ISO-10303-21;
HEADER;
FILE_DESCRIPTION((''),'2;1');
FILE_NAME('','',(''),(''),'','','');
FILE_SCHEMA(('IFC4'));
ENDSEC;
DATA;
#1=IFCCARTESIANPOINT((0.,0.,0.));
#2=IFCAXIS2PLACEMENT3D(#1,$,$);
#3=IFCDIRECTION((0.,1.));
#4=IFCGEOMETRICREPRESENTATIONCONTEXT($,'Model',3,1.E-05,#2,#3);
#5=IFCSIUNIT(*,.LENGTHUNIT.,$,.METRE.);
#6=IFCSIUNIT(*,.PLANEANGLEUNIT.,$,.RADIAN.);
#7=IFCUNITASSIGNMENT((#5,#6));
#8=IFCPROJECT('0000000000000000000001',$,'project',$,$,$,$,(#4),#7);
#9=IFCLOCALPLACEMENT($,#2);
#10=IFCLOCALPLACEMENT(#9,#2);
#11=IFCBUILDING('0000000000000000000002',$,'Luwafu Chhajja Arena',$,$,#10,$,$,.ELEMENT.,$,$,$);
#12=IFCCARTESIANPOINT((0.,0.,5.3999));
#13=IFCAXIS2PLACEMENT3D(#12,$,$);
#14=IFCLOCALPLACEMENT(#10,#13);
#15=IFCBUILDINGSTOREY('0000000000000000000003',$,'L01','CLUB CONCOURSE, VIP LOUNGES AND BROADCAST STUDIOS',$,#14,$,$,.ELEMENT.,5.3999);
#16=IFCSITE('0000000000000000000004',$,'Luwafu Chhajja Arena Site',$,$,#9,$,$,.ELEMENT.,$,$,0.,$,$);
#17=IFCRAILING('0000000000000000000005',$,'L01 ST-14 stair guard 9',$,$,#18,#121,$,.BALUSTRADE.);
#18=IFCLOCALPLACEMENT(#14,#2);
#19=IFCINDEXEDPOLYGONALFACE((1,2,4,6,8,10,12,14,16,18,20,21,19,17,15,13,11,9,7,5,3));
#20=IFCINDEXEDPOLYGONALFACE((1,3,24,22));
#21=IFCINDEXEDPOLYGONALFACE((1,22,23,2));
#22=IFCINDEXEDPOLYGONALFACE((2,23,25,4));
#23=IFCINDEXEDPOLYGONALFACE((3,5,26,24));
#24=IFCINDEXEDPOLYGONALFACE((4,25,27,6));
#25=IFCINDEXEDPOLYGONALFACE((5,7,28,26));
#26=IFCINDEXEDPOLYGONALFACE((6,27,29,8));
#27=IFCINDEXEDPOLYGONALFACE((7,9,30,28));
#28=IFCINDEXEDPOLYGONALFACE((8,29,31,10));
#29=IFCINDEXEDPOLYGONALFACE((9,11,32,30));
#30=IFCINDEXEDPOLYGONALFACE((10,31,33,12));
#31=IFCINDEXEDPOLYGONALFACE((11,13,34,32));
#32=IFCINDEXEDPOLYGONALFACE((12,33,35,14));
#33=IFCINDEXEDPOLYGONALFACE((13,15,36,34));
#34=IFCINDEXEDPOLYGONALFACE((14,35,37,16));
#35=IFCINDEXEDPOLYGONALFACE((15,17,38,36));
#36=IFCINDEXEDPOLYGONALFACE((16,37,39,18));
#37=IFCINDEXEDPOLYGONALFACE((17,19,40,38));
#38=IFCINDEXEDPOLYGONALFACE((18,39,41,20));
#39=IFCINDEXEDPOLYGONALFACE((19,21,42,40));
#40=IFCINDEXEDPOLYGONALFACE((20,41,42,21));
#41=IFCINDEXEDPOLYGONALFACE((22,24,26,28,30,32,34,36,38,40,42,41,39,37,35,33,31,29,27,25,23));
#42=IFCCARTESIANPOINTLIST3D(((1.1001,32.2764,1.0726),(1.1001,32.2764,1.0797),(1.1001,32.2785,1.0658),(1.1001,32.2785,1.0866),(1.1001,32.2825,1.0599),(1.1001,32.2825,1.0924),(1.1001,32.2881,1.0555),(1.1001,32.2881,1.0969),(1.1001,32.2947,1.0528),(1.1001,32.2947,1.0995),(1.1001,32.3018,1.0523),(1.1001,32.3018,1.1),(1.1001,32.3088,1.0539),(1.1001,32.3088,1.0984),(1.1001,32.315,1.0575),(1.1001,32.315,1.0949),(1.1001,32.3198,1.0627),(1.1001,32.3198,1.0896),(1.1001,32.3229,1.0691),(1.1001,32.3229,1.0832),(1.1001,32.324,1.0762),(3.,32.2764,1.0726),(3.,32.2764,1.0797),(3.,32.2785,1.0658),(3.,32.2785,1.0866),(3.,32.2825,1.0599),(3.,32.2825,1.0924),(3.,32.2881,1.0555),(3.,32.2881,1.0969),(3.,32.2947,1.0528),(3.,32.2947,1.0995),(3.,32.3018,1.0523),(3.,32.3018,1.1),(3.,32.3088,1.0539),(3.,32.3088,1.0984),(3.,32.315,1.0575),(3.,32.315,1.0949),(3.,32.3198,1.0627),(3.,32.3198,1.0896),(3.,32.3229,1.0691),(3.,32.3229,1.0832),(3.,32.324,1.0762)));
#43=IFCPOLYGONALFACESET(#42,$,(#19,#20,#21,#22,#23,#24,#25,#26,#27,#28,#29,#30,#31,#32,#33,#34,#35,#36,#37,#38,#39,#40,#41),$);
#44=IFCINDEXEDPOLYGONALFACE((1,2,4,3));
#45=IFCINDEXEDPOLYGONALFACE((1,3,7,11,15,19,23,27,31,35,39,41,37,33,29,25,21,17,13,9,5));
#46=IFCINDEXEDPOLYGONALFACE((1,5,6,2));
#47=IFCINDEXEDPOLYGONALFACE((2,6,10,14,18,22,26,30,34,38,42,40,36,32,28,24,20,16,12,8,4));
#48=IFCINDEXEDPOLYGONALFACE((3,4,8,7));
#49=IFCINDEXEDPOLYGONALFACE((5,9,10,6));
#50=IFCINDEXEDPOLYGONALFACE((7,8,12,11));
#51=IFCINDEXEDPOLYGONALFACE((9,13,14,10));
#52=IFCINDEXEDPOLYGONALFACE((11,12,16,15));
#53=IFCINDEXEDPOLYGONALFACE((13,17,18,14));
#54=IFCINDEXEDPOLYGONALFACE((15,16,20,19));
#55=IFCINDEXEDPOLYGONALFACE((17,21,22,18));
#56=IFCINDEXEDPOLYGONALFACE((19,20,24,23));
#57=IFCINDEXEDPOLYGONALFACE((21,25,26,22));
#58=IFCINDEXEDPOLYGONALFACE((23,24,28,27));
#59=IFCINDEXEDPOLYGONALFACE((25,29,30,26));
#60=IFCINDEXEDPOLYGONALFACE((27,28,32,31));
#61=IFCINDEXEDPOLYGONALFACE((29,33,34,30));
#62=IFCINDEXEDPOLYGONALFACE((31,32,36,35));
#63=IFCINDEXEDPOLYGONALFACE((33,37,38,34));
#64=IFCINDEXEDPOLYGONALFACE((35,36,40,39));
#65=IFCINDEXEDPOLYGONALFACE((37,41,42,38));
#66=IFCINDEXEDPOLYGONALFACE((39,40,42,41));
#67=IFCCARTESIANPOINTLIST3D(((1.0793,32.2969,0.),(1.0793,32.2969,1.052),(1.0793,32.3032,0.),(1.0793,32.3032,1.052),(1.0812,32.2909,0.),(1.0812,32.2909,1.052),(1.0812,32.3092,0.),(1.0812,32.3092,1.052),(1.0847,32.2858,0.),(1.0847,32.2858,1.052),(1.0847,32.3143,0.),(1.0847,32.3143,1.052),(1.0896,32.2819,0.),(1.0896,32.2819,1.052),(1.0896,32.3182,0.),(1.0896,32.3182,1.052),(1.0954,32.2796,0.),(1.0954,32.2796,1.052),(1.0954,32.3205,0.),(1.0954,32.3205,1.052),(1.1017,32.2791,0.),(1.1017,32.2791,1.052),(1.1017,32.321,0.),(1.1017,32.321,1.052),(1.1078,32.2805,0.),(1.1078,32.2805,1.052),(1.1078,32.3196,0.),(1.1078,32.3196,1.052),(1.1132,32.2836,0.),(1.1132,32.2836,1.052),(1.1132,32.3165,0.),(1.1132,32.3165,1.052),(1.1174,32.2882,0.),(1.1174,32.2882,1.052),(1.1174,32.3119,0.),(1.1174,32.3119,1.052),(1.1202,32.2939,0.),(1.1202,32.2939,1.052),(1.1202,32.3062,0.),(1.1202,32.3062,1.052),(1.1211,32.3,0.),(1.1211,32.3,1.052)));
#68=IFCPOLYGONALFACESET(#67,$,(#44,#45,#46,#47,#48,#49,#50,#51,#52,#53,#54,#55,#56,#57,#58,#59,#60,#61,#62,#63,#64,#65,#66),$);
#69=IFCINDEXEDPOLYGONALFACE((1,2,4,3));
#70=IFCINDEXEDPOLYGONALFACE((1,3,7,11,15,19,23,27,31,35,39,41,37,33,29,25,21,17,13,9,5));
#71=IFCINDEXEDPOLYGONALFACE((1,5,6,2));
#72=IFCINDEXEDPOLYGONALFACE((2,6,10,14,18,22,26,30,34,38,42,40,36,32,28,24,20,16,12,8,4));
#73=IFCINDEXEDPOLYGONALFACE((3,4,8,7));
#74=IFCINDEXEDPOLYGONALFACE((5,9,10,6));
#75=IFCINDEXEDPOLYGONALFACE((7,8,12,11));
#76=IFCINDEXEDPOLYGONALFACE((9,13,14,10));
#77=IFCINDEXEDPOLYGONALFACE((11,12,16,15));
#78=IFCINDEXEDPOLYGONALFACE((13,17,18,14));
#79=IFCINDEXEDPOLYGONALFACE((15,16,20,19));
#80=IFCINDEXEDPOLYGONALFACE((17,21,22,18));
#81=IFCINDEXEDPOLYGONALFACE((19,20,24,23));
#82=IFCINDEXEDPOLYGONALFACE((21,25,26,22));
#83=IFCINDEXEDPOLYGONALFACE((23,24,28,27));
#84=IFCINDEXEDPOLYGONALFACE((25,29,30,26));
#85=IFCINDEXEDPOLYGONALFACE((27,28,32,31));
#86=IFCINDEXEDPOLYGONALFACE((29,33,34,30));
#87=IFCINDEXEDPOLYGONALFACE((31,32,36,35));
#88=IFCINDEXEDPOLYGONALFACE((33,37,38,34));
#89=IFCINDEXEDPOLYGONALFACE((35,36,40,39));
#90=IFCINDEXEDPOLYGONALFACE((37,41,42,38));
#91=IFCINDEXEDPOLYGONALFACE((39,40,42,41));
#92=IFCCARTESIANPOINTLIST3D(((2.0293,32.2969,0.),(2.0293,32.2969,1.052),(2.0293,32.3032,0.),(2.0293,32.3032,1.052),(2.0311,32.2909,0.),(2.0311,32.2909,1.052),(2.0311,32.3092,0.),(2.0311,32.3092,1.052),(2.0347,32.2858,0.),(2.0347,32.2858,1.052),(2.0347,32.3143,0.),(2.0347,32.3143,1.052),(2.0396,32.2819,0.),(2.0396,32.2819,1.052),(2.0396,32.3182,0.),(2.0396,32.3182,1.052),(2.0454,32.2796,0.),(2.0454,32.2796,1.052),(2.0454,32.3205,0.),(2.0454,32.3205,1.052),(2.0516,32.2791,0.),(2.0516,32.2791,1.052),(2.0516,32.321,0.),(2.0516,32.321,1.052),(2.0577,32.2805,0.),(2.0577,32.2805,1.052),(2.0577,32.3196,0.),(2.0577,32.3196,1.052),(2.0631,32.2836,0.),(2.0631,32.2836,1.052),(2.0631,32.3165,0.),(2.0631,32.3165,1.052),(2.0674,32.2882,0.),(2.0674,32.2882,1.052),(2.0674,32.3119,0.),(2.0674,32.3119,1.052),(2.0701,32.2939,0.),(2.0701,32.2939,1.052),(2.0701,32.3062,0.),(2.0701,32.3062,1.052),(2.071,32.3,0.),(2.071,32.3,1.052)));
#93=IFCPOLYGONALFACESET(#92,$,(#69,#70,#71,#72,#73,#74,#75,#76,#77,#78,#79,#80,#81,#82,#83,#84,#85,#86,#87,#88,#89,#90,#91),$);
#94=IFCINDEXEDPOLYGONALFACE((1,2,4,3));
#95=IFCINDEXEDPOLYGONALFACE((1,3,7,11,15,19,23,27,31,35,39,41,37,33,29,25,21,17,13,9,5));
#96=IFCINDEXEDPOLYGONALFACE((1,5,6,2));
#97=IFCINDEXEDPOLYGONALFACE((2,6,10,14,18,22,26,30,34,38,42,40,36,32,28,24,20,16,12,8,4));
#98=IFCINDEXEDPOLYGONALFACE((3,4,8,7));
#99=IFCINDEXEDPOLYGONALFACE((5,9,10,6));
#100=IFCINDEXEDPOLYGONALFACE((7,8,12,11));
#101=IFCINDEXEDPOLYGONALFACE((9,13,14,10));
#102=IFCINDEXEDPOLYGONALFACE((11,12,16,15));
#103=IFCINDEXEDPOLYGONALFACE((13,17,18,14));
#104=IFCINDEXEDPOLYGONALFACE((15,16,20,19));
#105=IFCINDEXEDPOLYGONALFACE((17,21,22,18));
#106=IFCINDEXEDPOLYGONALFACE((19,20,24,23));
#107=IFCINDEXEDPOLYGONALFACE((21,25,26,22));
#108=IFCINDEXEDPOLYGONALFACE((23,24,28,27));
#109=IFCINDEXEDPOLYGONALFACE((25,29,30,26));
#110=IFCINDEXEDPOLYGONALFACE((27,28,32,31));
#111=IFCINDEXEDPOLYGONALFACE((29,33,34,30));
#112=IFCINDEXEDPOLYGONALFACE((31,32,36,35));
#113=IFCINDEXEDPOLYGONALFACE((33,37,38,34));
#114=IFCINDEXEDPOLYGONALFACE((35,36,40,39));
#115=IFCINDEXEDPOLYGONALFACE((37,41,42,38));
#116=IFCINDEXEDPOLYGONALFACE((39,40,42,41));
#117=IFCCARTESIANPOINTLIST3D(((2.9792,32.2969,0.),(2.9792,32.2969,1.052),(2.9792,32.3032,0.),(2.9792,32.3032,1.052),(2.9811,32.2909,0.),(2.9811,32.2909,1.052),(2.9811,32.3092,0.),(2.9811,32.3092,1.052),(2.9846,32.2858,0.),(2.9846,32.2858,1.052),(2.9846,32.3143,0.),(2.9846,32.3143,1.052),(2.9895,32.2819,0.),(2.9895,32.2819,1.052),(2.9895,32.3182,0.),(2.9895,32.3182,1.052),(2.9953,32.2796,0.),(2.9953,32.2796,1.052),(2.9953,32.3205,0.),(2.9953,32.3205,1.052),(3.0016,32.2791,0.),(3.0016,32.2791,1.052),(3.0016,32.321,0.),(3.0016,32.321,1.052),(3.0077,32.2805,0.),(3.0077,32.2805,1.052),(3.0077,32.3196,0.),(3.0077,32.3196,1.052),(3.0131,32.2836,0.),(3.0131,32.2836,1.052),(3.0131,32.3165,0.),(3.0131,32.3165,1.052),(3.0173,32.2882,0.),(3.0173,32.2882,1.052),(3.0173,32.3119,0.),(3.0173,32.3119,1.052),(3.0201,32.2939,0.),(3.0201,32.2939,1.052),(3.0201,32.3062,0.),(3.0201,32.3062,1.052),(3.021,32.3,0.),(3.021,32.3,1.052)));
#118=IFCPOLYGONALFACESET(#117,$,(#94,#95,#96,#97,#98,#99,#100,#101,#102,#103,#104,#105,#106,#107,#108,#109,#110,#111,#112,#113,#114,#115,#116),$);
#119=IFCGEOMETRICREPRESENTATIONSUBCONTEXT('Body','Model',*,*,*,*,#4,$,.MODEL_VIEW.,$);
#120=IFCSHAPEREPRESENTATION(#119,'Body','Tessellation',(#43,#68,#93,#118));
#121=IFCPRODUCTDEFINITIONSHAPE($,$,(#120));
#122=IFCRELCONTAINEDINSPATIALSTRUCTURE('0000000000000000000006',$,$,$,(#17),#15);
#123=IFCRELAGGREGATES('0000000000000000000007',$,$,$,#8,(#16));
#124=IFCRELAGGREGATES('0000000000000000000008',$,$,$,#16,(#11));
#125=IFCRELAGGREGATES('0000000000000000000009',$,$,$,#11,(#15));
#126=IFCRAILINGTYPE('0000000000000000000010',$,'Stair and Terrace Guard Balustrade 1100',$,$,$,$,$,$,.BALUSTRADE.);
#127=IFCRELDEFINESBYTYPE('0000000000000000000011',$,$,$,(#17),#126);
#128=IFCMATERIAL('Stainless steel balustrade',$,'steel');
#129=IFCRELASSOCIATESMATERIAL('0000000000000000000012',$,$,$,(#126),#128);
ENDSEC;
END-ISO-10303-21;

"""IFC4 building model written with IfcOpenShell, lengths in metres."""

from ifc_helpers import new_model, si_unit, direction, frame, origin, origin_2d, place, context, subcontext, project, spatial, circle, extrude, material, type_object, element, save


model = new_model("IFC4")

# Units and contexts
model_context = context("Model", 3, precision=1e-05, world=origin(), true_north=direction((0.0, 1.0)))
body_context = subcontext(model_context, "Body", "Model", "MODEL_VIEW")
ifc_project = project(units=[si_unit("LENGTHUNIT", "METRE"), si_unit("PLANEANGLEUNIT", "RADIAN")], contexts=[model_context])

# Site, building, storey
site_placement = place(None, origin())
site = spatial("IfcSite", under=ifc_project, at=site_placement, Name="Luwafu Chhajja Arena Site", CompositionType="ELEMENT", RefElevation=0.0)
building_placement = place(site_placement, origin())
building = spatial("IfcBuilding", under=site, at=building_placement, Name="Luwafu Chhajja Arena", CompositionType="ELEMENT")
storey_placement = place(building_placement, frame((0.0, 0.0, 5.3999)))
storey = spatial("IfcBuildingStorey", under=building, at=storey_placement, Name="L01", Description="CLUB CONCOURSE, VIP LOUNGES AND BROADCAST STUDIOS", CompositionType="ELEMENT", Elevation=5.3999)

# Railing
ifc_material_1 = material(Name="Stainless steel balustrade", Category="steel")
railing_type_1 = type_object("IfcRailingType", Name="Stair and Terrace Guard Balustrade 1100", PredefinedType="BALUSTRADE", material=ifc_material_1)
for number, where, name in (
    (1, (1.1001, 32.3, 0.0), "L01 ST-14 stair guard 9"),
):
    element("IfcRailing", number, at=place(storey_placement, frame(where)), inside=storey, type_object=railing_type_1, Name=name, PredefinedType="BALUSTRADE", context=body_context, shape_type="SweptSolid", body=[
        extrude(circle(Radius=0.0239, at=origin_2d()), frame((0.0, 0.0, 1.0762), z_axis=(1.0, 0.0, 0.0), x_axis=(0.0, 1.0, 0.0)), (0.0, 0.0, 1.0), 1.8999),
        extrude(circle(Radius=0.021, at=origin_2d()), origin(), (0.0, 0.0, 1.0), 1.052),
        extrude(circle(Radius=0.021, at=origin_2d()), frame((0.95, 0.0, 0.0)), (0.0, 0.0, 1.0), 1.052),
        extrude(circle(Radius=0.021, at=origin_2d()), frame((1.8999, 0.0, 0.0)), (0.0, 0.0, 1.0), 1.052),
    ])

save(model, "model.ifc")
